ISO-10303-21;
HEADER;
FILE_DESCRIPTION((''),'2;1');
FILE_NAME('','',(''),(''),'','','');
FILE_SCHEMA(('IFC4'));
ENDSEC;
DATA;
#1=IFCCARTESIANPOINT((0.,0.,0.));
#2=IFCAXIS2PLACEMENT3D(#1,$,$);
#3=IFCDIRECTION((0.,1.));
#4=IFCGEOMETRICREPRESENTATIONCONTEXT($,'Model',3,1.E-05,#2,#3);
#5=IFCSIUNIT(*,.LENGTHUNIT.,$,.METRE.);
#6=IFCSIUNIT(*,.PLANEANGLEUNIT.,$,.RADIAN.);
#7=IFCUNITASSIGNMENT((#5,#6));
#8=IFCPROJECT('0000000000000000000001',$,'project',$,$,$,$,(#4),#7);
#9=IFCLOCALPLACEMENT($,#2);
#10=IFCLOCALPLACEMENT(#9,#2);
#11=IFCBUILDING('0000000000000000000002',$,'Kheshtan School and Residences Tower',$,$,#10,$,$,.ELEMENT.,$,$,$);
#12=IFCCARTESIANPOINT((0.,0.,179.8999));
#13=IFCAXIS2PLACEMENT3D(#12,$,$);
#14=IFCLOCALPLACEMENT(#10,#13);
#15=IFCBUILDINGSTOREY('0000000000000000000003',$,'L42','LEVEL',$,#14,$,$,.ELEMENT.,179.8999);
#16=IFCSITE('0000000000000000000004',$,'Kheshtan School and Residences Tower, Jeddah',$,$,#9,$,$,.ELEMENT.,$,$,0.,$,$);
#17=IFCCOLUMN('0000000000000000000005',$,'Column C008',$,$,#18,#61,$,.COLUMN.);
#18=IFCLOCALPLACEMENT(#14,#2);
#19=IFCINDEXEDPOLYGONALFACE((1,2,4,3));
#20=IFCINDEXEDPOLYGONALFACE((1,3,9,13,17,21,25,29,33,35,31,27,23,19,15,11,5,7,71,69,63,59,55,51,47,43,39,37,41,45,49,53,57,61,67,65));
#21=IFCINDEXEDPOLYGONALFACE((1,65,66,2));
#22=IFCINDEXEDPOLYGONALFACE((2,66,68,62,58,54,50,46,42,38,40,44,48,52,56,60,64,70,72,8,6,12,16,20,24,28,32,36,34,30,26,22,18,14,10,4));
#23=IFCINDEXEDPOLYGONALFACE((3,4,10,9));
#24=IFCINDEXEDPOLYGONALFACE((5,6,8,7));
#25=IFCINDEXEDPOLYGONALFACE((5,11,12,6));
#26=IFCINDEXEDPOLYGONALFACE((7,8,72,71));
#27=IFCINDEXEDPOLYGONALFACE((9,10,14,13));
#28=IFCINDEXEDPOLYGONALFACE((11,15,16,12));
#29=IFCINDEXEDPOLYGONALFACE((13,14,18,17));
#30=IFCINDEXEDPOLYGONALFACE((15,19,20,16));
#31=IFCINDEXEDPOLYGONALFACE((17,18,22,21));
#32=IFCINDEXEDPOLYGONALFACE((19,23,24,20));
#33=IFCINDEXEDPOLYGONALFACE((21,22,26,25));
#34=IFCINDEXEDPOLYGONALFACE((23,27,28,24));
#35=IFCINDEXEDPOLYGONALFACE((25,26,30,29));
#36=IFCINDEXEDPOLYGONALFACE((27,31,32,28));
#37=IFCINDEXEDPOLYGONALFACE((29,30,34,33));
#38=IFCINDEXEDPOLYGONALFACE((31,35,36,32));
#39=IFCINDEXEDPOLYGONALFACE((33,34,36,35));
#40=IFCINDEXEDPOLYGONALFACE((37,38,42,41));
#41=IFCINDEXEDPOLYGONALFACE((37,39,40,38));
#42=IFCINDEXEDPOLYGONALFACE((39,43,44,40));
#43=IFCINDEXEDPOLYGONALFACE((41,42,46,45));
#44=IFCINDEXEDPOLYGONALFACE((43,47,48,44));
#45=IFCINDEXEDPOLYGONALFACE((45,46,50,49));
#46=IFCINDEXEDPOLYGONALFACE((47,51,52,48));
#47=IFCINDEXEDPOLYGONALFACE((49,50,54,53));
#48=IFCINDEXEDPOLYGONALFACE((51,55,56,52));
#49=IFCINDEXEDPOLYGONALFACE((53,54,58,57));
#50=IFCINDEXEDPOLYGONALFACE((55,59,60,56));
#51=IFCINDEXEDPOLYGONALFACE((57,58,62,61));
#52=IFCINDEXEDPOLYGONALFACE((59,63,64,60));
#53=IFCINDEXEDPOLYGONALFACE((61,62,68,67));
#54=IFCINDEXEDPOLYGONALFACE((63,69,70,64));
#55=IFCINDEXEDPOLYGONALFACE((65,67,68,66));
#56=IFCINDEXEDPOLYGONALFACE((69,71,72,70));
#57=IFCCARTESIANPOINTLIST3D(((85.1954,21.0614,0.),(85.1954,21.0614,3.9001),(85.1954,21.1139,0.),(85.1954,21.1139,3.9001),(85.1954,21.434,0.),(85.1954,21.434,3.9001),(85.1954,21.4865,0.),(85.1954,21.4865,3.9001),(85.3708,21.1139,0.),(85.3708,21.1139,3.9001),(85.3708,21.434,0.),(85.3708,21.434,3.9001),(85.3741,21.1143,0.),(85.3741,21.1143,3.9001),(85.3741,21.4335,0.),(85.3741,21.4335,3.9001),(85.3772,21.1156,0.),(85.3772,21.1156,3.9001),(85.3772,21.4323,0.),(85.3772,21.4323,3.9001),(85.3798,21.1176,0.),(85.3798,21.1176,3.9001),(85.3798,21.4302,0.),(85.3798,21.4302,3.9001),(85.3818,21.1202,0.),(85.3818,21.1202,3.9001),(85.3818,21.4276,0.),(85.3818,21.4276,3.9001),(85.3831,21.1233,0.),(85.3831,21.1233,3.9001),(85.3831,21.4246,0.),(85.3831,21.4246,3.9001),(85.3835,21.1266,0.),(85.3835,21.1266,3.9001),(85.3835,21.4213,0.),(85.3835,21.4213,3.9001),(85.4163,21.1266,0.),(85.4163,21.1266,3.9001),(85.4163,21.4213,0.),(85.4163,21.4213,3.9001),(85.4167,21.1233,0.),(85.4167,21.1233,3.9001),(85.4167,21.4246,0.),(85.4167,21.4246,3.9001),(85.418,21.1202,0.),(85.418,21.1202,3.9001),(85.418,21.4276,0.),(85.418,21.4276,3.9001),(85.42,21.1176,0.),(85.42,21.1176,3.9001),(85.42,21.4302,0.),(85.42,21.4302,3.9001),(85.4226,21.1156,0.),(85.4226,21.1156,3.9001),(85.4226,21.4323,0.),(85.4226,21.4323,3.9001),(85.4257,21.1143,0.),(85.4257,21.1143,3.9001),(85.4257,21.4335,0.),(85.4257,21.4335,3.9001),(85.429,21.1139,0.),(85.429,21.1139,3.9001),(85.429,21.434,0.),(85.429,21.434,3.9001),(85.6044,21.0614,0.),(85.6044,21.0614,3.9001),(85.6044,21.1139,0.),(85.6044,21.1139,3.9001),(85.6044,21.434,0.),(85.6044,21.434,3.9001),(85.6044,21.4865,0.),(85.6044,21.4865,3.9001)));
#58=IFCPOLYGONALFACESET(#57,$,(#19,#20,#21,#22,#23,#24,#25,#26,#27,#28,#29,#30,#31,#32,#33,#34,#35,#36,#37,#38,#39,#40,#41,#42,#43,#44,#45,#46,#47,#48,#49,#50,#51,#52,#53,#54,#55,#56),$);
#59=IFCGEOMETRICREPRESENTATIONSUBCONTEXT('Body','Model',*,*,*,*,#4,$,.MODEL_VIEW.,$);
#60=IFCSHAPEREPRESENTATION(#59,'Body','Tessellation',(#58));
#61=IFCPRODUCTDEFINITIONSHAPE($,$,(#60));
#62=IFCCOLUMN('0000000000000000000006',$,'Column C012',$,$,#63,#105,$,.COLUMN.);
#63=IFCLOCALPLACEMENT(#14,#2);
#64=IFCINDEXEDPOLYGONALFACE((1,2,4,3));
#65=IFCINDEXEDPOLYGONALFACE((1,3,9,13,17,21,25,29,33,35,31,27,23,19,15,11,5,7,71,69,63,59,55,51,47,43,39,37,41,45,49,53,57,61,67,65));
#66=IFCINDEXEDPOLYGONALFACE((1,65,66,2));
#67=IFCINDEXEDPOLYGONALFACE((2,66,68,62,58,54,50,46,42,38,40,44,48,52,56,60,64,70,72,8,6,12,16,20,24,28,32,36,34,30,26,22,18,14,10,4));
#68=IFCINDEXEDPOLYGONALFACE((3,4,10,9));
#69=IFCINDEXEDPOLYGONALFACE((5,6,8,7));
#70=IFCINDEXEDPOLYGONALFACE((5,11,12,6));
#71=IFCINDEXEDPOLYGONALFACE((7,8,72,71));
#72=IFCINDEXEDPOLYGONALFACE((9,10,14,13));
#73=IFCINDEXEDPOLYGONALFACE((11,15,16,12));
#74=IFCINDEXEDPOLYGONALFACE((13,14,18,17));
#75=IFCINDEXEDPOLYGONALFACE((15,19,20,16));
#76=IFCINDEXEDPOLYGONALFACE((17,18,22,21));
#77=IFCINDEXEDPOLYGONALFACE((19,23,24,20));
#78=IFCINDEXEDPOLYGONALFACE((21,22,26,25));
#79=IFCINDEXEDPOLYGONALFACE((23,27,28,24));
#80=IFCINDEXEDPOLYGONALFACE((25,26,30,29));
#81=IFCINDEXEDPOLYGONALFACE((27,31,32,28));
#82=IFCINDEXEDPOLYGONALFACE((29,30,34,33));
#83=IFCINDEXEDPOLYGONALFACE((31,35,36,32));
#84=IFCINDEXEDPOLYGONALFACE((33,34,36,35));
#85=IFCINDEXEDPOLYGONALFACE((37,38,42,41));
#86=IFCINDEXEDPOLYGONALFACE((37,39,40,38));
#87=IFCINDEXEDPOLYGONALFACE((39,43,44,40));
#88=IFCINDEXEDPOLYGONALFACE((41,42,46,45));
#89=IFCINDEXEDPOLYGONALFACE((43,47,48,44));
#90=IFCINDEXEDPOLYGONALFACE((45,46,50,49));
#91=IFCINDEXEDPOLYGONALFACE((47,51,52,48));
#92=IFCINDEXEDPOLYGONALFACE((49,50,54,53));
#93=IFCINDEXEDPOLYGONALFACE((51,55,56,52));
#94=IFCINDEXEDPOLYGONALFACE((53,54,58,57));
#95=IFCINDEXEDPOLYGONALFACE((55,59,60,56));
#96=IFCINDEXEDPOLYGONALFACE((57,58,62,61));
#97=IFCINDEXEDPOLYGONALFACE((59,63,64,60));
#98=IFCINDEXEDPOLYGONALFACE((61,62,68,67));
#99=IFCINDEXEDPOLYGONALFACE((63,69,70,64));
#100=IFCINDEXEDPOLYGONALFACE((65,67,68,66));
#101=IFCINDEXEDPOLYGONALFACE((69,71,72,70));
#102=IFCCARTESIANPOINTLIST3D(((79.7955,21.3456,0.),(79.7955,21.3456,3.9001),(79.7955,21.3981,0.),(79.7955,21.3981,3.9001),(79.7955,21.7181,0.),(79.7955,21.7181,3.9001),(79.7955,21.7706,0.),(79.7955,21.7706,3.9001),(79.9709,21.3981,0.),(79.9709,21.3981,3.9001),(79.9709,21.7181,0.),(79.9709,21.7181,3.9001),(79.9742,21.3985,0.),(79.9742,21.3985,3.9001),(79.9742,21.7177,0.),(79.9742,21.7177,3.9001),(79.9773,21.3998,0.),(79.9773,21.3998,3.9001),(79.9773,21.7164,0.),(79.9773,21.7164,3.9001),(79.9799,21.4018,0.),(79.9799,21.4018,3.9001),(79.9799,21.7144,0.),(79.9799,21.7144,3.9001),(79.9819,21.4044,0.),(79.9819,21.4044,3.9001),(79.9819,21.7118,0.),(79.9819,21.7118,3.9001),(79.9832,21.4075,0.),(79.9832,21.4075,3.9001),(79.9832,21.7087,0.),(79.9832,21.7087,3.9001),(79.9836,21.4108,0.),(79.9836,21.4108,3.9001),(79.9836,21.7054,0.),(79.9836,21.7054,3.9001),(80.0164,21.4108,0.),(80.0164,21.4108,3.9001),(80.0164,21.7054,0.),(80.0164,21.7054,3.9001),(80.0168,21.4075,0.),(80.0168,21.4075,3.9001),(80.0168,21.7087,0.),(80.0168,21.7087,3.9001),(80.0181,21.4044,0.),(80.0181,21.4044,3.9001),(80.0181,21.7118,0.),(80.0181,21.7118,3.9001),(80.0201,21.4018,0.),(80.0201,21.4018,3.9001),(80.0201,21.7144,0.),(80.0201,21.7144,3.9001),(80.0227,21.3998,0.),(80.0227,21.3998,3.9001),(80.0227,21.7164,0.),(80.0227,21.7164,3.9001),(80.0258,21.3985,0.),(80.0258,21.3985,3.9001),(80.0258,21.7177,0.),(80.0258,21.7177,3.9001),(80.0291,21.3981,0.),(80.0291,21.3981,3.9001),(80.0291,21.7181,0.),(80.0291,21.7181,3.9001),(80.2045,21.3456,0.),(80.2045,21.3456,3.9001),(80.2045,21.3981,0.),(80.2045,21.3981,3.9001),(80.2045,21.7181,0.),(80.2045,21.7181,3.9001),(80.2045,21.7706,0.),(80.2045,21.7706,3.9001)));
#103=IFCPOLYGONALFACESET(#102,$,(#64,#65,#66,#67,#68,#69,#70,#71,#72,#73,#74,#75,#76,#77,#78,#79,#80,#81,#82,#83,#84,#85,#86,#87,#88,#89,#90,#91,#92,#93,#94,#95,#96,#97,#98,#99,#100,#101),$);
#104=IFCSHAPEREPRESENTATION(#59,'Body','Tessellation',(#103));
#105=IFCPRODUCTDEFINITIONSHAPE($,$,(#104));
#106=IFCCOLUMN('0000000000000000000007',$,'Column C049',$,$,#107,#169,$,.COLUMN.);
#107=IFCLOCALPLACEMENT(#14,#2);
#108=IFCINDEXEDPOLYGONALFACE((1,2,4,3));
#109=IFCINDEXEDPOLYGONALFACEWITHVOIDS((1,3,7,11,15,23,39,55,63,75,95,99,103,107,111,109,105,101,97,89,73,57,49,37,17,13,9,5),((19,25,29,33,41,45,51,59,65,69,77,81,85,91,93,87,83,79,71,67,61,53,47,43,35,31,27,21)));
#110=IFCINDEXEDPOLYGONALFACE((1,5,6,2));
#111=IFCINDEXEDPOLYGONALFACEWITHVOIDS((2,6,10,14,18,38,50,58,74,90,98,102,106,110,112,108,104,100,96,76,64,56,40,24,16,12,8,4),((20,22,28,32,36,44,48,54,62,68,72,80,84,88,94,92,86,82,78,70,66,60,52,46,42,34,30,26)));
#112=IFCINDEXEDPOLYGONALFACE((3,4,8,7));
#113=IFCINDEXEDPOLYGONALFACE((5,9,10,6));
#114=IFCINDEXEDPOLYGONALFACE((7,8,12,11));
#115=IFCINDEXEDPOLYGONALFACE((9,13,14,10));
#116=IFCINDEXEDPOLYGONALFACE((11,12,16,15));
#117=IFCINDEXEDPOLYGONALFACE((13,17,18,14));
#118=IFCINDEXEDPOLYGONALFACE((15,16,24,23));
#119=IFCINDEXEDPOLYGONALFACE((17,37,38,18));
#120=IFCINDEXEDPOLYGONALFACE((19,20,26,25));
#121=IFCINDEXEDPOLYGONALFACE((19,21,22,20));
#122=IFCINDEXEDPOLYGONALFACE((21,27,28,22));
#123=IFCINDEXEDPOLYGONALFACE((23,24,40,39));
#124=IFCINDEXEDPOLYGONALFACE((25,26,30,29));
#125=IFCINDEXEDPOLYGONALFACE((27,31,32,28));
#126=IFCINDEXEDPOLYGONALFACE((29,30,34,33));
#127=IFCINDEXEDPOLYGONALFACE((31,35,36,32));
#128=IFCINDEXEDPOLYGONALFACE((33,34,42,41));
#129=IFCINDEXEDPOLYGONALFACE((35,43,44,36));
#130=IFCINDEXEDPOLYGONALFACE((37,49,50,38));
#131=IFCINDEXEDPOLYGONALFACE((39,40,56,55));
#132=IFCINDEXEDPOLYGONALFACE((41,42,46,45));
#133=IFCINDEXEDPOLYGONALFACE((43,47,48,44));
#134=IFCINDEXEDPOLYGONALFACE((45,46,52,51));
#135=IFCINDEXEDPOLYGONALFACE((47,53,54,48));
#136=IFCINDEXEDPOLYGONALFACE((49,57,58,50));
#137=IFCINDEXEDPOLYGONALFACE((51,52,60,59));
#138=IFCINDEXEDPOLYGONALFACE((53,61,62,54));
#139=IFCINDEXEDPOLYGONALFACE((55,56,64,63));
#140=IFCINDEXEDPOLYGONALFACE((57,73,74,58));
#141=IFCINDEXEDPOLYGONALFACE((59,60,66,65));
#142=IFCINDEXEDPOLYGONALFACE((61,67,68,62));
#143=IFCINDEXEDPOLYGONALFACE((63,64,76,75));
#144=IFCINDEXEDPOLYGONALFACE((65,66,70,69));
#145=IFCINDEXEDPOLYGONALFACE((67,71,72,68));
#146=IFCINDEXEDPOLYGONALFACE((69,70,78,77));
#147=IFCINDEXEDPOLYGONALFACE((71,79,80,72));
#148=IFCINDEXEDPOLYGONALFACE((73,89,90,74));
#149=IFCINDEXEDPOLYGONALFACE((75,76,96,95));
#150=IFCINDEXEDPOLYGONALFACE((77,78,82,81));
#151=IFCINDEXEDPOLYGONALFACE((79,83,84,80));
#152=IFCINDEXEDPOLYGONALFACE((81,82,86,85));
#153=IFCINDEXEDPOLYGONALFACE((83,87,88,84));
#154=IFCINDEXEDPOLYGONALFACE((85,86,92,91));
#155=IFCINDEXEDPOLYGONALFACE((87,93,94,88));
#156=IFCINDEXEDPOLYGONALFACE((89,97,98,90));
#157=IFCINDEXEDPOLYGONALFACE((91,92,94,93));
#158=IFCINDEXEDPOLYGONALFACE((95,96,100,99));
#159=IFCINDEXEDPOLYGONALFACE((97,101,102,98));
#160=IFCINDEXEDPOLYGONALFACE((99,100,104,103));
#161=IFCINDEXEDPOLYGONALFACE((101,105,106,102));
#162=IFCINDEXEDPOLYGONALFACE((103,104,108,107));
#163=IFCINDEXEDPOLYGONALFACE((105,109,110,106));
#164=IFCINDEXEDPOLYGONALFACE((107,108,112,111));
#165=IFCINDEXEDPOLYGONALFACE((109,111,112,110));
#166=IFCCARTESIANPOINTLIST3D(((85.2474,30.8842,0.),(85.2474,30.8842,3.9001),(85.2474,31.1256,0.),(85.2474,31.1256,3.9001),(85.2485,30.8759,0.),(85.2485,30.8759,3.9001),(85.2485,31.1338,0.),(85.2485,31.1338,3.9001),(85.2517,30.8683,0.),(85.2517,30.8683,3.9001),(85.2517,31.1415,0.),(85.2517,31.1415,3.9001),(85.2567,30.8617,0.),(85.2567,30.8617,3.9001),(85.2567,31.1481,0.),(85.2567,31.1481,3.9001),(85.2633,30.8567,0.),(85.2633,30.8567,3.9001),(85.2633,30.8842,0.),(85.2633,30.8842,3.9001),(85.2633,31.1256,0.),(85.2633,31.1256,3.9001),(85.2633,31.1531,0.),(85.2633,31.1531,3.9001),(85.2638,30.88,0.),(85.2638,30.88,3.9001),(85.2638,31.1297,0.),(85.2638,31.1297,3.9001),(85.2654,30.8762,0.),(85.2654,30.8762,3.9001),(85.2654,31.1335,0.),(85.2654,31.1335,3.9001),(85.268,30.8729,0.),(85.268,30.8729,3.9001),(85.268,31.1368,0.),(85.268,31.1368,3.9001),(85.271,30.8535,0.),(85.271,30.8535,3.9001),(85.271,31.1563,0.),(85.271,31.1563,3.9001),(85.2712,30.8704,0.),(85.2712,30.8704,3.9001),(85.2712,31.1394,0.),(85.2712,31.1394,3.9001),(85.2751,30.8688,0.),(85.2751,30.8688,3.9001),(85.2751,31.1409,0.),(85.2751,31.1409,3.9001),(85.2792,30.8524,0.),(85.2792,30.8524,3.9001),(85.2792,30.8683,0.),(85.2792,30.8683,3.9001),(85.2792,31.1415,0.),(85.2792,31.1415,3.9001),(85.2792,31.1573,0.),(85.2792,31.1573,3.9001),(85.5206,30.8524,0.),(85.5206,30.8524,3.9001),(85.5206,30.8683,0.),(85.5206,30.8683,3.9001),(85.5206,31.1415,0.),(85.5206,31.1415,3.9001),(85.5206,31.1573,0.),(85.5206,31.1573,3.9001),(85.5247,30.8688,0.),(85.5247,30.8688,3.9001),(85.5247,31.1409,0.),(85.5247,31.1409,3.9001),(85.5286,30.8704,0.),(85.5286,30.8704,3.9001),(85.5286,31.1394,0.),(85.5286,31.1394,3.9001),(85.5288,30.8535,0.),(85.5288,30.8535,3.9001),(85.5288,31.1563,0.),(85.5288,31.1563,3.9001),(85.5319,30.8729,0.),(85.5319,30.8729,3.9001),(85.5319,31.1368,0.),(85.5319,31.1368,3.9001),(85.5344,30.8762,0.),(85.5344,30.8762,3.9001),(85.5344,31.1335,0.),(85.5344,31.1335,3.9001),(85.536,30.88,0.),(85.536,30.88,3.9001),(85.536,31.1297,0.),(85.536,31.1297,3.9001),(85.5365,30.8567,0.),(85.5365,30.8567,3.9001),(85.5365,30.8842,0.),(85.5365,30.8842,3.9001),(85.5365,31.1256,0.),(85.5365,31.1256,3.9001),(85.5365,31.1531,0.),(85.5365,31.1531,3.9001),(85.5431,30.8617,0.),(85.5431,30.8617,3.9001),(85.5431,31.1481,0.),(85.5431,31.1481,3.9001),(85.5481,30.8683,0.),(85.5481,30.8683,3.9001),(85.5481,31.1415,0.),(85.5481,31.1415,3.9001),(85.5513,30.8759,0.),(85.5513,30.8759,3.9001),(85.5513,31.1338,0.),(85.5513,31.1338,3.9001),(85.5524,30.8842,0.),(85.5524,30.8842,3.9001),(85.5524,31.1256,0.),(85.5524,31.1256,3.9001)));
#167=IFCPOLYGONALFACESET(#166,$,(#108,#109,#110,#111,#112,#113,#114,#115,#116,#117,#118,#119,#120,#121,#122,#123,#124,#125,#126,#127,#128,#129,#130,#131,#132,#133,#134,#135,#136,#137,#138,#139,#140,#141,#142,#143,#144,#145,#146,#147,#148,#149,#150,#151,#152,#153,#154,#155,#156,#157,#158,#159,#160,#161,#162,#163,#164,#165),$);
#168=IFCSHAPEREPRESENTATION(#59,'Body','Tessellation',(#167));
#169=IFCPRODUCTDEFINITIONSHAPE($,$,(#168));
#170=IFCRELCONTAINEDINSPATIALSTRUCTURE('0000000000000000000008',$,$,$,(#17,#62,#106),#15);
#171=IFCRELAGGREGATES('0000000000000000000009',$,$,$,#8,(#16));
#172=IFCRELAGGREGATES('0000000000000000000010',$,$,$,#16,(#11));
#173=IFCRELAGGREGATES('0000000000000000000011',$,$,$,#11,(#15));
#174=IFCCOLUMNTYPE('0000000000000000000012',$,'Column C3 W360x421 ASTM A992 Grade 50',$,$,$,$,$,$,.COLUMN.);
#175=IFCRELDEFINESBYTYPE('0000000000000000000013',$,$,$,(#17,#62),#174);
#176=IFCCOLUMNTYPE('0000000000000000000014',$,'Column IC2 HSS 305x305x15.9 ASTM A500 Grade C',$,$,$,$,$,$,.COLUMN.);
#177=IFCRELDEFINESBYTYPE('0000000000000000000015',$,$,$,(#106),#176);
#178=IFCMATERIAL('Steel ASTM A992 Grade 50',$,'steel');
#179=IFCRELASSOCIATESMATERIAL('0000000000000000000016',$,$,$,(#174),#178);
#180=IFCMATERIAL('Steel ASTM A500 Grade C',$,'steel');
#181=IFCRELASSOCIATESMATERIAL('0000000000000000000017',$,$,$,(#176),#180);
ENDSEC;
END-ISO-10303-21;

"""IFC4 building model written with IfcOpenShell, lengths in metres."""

from ifc_helpers import new_model, si_unit, direction, frame, origin, origin_2d, place, context, subcontext, project, spatial, hollow_rectangle, i_section, extrude, material, material_profile, profile_set, type_object, element, save


model = new_model("IFC4")

# Units and contexts
model_context = context("Model", 3, precision=1e-05, world=origin(), true_north=direction((0.0, 1.0)))
body_context = subcontext(model_context, "Body", "Model", "MODEL_VIEW")
ifc_project = project(units=[si_unit("LENGTHUNIT", "METRE"), si_unit("PLANEANGLEUNIT", "RADIAN")], contexts=[model_context])

# Site, building, storey
site_placement = place(None, origin())
site = spatial("IfcSite", under=ifc_project, at=site_placement, Name="Kheshtan School and Residences Tower, Jeddah", CompositionType="ELEMENT", RefElevation=0.0)
building_placement = place(site_placement, origin())
building = spatial("IfcBuilding", under=site, at=building_placement, Name="Kheshtan School and Residences Tower", CompositionType="ELEMENT")
storey_placement = place(building_placement, frame((0.0, 0.0, 179.8999)))
storey = spatial("IfcBuildingStorey", under=building, at=storey_placement, Name="L42", Description="LEVEL", CompositionType="ELEMENT", Elevation=179.8999)

# Columns
ifc_material_1 = material(Name="Steel ASTM A992 Grade 50", Category="steel")
ifc_material_profile_1 = material_profile(ifc_material_1, i_section(OverallWidth=0.4089, OverallDepth=0.425, WebThickness=0.0327, FlangeThickness=0.0525, FilletRadius=0.0127, at=origin_2d()), Name="W360x421")
ifc_profile_set_1 = profile_set([ifc_material_profile_1], Name="Steel ASTM A992 Grade 50")
column_type_1 = type_object("IfcColumnType", Name="Column C3 W360x421 ASTM A992 Grade 50", PredefinedType="COLUMN", material=ifc_profile_set_1)
for number, where, z_axis, x_axis, name in (
    (1, (85.3999, 21.2739, 0.0), (0.0, 0.0, 1.0), (1.0, 0.0, 0.0), "Column C008"),
    (2, (80.0, 21.5581, 0.0), (0.0, 0.0, 1.0), (1.0, 0.0, 0.0), "Column C012"),
):
    element("IfcColumn", number, at=place(storey_placement, frame(where, z_axis=z_axis, x_axis=x_axis)), inside=storey, type_object=column_type_1, Name=name, PredefinedType="COLUMN", context=body_context, shape_type="SweptSolid", body=[
        extrude(i_section(OverallWidth=0.4089, OverallDepth=0.425, WebThickness=0.0327, FlangeThickness=0.0525, FilletRadius=0.0127, at=origin_2d()), origin(), (0.0, 0.0, 1.0), 3.9001),
    ])
ifc_material_2 = material(Name="Steel ASTM A500 Grade C", Category="steel")
ifc_material_profile_2 = material_profile(ifc_material_2, hollow_rectangle(XDim=0.3049, YDim=0.3049, WallThickness=0.0159, InnerFilletRadius=0.0159, OuterFilletRadius=0.0317, at=origin_2d()), Name="HSS 305x305x15.9")
ifc_profile_set_2 = profile_set([ifc_material_profile_2], Name="Steel ASTM A500 Grade C")
column_type_2 = type_object("IfcColumnType", Name="Column IC2 HSS 305x305x15.9 ASTM A500 Grade C", PredefinedType="COLUMN", material=ifc_profile_set_2)
column_placement = place(storey_placement, frame((85.3999, 31.0049, 0.0), z_axis=(0.0, 0.0, 1.0), x_axis=(1.0, 0.0, 0.0)))
element("IfcColumn", 3, at=column_placement, inside=storey, type_object=column_type_2, Name="Column C049", PredefinedType="COLUMN", context=body_context, shape_type="SweptSolid", body=[
    extrude(hollow_rectangle(XDim=0.3049, YDim=0.3049, WallThickness=0.0159, InnerFilletRadius=0.0159, OuterFilletRadius=0.0317, at=origin_2d()), origin(), (0.0, 0.0, 1.0), 3.9001),
])

save(model, "model.ifc")
